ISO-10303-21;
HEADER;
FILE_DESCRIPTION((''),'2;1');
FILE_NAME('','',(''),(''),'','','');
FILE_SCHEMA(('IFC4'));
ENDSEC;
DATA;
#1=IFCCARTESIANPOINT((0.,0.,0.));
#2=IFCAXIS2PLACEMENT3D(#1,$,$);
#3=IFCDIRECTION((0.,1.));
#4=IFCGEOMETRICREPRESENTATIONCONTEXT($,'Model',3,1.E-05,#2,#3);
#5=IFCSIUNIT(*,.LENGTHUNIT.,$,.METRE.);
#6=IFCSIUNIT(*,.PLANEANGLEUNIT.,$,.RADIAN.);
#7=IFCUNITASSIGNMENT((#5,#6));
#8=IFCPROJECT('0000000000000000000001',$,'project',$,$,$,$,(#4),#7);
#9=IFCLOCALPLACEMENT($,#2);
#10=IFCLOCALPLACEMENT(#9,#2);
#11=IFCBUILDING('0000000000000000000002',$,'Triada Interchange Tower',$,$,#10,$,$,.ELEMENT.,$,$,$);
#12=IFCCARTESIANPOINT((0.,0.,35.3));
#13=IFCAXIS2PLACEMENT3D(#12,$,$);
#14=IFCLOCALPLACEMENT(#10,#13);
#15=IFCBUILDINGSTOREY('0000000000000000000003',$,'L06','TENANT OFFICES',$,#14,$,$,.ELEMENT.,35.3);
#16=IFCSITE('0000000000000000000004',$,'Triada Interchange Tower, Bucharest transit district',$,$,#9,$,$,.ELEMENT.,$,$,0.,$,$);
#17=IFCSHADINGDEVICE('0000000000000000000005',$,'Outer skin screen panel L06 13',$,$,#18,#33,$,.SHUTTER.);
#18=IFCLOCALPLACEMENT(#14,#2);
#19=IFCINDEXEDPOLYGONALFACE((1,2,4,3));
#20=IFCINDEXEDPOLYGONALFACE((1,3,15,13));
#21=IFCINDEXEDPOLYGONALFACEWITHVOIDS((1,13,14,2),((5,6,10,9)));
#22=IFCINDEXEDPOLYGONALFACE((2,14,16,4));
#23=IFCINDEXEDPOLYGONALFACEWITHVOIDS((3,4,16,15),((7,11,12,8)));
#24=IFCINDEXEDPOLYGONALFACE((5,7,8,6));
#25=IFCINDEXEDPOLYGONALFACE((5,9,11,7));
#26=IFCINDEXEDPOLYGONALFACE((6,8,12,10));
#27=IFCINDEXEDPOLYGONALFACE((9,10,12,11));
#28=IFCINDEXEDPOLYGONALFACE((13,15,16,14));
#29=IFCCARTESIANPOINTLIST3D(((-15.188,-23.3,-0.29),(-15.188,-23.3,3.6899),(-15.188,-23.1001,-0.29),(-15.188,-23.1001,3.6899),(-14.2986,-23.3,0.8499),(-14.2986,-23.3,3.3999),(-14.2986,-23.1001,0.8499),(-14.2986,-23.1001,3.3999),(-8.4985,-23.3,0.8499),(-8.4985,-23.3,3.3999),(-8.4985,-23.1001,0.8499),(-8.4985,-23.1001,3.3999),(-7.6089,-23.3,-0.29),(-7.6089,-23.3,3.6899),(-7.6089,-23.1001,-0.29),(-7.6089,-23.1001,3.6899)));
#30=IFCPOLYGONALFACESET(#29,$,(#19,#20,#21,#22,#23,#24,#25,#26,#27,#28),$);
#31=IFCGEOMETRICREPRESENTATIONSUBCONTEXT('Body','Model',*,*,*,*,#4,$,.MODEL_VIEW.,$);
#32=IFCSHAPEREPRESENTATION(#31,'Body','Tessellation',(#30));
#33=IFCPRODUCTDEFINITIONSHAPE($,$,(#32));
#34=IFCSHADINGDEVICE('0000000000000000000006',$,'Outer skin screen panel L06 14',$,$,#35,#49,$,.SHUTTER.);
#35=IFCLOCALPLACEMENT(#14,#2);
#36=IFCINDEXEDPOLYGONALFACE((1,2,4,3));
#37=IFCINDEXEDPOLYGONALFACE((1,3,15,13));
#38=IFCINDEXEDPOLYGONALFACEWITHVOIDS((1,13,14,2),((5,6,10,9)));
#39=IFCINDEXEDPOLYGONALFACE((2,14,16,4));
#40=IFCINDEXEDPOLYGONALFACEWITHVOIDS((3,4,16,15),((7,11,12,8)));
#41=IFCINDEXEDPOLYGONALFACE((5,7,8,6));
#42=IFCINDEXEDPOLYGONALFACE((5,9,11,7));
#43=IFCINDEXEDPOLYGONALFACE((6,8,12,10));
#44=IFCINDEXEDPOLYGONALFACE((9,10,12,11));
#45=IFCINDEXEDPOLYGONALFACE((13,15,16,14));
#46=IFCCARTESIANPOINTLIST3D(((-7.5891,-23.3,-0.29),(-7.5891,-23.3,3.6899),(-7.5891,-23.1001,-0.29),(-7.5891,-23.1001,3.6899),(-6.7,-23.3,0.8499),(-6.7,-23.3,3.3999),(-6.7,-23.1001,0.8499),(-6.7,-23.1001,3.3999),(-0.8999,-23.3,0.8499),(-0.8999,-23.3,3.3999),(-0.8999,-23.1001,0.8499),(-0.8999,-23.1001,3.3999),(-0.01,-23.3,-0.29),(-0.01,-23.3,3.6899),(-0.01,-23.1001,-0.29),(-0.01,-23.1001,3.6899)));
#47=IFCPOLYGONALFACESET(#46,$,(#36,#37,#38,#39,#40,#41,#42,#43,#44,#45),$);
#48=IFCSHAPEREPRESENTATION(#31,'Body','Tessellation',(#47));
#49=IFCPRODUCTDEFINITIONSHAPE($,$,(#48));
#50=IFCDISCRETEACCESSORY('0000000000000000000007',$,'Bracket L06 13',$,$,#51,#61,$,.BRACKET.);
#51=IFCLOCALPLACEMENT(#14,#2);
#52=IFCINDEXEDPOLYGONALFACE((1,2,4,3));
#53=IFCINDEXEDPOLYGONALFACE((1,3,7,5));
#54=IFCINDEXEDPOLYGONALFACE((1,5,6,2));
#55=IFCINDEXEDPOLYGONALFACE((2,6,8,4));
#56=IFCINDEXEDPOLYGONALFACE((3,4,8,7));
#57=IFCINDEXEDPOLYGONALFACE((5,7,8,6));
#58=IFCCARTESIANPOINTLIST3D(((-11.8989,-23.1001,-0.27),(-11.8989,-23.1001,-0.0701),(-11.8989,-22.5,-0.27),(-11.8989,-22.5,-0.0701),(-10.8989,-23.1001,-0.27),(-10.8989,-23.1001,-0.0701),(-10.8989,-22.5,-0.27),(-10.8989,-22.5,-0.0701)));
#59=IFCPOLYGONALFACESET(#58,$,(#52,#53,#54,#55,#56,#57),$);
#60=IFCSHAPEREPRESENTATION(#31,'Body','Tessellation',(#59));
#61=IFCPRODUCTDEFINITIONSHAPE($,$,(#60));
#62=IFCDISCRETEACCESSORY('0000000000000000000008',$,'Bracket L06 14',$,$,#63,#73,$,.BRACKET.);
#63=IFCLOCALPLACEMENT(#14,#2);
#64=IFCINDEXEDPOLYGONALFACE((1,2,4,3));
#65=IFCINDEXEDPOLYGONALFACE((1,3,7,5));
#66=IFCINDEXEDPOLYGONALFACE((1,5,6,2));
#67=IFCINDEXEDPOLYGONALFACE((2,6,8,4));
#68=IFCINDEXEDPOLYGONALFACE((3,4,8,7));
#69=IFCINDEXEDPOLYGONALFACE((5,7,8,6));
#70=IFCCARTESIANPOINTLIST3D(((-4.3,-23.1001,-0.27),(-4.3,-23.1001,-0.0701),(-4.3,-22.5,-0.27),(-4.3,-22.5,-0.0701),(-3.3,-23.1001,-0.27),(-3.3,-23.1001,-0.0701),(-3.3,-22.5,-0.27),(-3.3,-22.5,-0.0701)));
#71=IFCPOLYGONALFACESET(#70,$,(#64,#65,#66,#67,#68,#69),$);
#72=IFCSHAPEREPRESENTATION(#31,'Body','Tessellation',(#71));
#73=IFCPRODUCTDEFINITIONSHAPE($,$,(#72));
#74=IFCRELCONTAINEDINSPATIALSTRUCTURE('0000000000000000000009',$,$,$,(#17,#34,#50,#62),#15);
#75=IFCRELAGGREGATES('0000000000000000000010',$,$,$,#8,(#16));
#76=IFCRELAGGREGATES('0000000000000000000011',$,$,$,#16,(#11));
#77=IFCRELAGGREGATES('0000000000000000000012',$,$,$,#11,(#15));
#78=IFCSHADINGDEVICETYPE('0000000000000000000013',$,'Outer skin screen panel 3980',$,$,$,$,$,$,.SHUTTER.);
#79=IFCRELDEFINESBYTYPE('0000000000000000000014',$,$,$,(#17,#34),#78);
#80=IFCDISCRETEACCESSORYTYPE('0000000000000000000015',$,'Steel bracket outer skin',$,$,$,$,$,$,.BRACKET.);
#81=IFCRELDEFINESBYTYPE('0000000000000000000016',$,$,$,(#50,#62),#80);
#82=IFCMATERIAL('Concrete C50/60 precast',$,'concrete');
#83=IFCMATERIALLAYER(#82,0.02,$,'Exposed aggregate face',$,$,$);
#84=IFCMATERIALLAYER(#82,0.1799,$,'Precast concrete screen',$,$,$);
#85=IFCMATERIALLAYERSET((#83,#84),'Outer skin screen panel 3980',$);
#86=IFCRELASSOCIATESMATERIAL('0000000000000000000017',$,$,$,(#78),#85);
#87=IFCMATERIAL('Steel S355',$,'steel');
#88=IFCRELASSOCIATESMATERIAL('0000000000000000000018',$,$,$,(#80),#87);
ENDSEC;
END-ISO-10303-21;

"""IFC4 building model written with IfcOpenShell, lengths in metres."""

from ifc_helpers import new_model, si_unit, direction, frame, origin, origin_2d, place, context, subcontext, project, spatial, polyline, rectangle, outline, extrude, material, layer, layer_set, type_object, element, save


model = new_model("IFC4")

# Units and contexts
model_context = context("Model", 3, precision=1e-05, world=origin(), true_north=direction((0.0, 1.0)))
body_context = subcontext(model_context, "Body", "Model", "MODEL_VIEW")
ifc_project = project(units=[si_unit("LENGTHUNIT", "METRE"), si_unit("PLANEANGLEUNIT", "RADIAN")], contexts=[model_context])

# Site, building, storey
site_placement = place(None, origin())
site = spatial("IfcSite", under=ifc_project, at=site_placement, Name="Triada Interchange Tower, Bucharest transit district", CompositionType="ELEMENT", RefElevation=0.0)
building_placement = place(site_placement, origin())
building = spatial("IfcBuilding", under=site, at=building_placement, Name="Triada Interchange Tower", CompositionType="ELEMENT")
storey_placement = place(building_placement, frame((0.0, 0.0, 35.3)))
storey = spatial("IfcBuildingStorey", under=building, at=storey_placement, Name="L06", Description="TENANT OFFICES", CompositionType="ELEMENT", Elevation=35.3)

# Shading devices
ifc_material_1 = material(Name="Concrete C50/60 precast", Category="concrete")
ifc_layer_1 = layer(ifc_material_1, 0.02, Name="Exposed aggregate face")
ifc_layer_2 = layer(ifc_material_1, 0.1799, Name="Precast concrete screen")
ifc_layer_set_1 = layer_set([ifc_layer_1, ifc_layer_2], Name="Outer skin screen panel 3980")
shading_device_type = type_object("IfcShadingDeviceType", Name="Outer skin screen panel 3980", PredefinedType="SHUTTER", material=ifc_layer_set_1)
shading_device_1_placement = place(storey_placement, frame((-15.188, -23.1001, -0.29), z_axis=(0.0, 0.0, 1.0), x_axis=(1.0, 0.0, 0.0)))
element("IfcShadingDevice", 1, at=shading_device_1_placement, inside=storey, type_object=shading_device_type, Name="Outer skin screen panel L06 13", PredefinedType="SHUTTER", context=body_context, shape_type="SweptSolid", body=[
    extrude(outline(polyline([(0.0, 0.0), (7.5791, 0.0), (7.5791, 3.98), (0.0, 3.98), (0.0, 0.0)]), holes=[polyline([(0.8894, 1.1399), (0.8894, 3.6899), (6.6895, 3.6899), (6.6895, 1.1399), (0.8894, 1.1399)])]), frame((0.0, 0.0, 0.0), z_axis=(0.0, -1.0, 0.0), x_axis=(1.0, 0.0, 0.0)), (0.0, 0.0, 1.0), 0.2),
])
shading_device_2_placement = place(storey_placement, frame((-7.5891, -23.1001, -0.29), z_axis=(0.0, 0.0, 1.0), x_axis=(1.0, 0.0, 0.0)))
element("IfcShadingDevice", 2, at=shading_device_2_placement, inside=storey, type_object=shading_device_type, Name="Outer skin screen panel L06 14", PredefinedType="SHUTTER", context=body_context, shape_type="SweptSolid", body=[
    extrude(outline(polyline([(0.0, 0.0), (7.5791, 0.0), (7.5791, 3.98), (0.0, 3.98), (0.0, 0.0)]), holes=[polyline([(0.8892, 1.1399), (0.8892, 3.6899), (6.6892, 3.6899), (6.6892, 1.1399), (0.8892, 1.1399)])]), frame((0.0, 0.0, 0.0), z_axis=(0.0, -1.0, 0.0), x_axis=(1.0, 0.0, 0.0)), (0.0, 0.0, 1.0), 0.2),
])

# Discrete accessories
ifc_material_2 = material(Name="Steel S355", Category="steel")
discrete_accessory_type = type_object("IfcDiscreteAccessoryType", Name="Steel bracket outer skin", PredefinedType="BRACKET", material=ifc_material_2)
for number, where, z_axis, x_axis, name in (
    (3, (-11.3989, -22.8, -0.27), (0.0, 0.0, 1.0), (0.0, -1.0, 0.0), "Bracket L06 13"),
    (4, (-3.8, -22.8, -0.27), (0.0, 0.0, 1.0), (0.0, -1.0, 0.0), "Bracket L06 14"),
):
    element("IfcDiscreteAccessory", number, at=place(storey_placement, frame(where, z_axis=z_axis, x_axis=x_axis)), inside=storey, type_object=discrete_accessory_type, Name=name, PredefinedType="BRACKET", context=body_context, shape_type="SweptSolid", body=[
        extrude(rectangle(XDim=0.6001, YDim=1.0, at=origin_2d()), origin(), (0.0, 0.0, 1.0), 0.2),
    ])

save(model, "model.ifc")
